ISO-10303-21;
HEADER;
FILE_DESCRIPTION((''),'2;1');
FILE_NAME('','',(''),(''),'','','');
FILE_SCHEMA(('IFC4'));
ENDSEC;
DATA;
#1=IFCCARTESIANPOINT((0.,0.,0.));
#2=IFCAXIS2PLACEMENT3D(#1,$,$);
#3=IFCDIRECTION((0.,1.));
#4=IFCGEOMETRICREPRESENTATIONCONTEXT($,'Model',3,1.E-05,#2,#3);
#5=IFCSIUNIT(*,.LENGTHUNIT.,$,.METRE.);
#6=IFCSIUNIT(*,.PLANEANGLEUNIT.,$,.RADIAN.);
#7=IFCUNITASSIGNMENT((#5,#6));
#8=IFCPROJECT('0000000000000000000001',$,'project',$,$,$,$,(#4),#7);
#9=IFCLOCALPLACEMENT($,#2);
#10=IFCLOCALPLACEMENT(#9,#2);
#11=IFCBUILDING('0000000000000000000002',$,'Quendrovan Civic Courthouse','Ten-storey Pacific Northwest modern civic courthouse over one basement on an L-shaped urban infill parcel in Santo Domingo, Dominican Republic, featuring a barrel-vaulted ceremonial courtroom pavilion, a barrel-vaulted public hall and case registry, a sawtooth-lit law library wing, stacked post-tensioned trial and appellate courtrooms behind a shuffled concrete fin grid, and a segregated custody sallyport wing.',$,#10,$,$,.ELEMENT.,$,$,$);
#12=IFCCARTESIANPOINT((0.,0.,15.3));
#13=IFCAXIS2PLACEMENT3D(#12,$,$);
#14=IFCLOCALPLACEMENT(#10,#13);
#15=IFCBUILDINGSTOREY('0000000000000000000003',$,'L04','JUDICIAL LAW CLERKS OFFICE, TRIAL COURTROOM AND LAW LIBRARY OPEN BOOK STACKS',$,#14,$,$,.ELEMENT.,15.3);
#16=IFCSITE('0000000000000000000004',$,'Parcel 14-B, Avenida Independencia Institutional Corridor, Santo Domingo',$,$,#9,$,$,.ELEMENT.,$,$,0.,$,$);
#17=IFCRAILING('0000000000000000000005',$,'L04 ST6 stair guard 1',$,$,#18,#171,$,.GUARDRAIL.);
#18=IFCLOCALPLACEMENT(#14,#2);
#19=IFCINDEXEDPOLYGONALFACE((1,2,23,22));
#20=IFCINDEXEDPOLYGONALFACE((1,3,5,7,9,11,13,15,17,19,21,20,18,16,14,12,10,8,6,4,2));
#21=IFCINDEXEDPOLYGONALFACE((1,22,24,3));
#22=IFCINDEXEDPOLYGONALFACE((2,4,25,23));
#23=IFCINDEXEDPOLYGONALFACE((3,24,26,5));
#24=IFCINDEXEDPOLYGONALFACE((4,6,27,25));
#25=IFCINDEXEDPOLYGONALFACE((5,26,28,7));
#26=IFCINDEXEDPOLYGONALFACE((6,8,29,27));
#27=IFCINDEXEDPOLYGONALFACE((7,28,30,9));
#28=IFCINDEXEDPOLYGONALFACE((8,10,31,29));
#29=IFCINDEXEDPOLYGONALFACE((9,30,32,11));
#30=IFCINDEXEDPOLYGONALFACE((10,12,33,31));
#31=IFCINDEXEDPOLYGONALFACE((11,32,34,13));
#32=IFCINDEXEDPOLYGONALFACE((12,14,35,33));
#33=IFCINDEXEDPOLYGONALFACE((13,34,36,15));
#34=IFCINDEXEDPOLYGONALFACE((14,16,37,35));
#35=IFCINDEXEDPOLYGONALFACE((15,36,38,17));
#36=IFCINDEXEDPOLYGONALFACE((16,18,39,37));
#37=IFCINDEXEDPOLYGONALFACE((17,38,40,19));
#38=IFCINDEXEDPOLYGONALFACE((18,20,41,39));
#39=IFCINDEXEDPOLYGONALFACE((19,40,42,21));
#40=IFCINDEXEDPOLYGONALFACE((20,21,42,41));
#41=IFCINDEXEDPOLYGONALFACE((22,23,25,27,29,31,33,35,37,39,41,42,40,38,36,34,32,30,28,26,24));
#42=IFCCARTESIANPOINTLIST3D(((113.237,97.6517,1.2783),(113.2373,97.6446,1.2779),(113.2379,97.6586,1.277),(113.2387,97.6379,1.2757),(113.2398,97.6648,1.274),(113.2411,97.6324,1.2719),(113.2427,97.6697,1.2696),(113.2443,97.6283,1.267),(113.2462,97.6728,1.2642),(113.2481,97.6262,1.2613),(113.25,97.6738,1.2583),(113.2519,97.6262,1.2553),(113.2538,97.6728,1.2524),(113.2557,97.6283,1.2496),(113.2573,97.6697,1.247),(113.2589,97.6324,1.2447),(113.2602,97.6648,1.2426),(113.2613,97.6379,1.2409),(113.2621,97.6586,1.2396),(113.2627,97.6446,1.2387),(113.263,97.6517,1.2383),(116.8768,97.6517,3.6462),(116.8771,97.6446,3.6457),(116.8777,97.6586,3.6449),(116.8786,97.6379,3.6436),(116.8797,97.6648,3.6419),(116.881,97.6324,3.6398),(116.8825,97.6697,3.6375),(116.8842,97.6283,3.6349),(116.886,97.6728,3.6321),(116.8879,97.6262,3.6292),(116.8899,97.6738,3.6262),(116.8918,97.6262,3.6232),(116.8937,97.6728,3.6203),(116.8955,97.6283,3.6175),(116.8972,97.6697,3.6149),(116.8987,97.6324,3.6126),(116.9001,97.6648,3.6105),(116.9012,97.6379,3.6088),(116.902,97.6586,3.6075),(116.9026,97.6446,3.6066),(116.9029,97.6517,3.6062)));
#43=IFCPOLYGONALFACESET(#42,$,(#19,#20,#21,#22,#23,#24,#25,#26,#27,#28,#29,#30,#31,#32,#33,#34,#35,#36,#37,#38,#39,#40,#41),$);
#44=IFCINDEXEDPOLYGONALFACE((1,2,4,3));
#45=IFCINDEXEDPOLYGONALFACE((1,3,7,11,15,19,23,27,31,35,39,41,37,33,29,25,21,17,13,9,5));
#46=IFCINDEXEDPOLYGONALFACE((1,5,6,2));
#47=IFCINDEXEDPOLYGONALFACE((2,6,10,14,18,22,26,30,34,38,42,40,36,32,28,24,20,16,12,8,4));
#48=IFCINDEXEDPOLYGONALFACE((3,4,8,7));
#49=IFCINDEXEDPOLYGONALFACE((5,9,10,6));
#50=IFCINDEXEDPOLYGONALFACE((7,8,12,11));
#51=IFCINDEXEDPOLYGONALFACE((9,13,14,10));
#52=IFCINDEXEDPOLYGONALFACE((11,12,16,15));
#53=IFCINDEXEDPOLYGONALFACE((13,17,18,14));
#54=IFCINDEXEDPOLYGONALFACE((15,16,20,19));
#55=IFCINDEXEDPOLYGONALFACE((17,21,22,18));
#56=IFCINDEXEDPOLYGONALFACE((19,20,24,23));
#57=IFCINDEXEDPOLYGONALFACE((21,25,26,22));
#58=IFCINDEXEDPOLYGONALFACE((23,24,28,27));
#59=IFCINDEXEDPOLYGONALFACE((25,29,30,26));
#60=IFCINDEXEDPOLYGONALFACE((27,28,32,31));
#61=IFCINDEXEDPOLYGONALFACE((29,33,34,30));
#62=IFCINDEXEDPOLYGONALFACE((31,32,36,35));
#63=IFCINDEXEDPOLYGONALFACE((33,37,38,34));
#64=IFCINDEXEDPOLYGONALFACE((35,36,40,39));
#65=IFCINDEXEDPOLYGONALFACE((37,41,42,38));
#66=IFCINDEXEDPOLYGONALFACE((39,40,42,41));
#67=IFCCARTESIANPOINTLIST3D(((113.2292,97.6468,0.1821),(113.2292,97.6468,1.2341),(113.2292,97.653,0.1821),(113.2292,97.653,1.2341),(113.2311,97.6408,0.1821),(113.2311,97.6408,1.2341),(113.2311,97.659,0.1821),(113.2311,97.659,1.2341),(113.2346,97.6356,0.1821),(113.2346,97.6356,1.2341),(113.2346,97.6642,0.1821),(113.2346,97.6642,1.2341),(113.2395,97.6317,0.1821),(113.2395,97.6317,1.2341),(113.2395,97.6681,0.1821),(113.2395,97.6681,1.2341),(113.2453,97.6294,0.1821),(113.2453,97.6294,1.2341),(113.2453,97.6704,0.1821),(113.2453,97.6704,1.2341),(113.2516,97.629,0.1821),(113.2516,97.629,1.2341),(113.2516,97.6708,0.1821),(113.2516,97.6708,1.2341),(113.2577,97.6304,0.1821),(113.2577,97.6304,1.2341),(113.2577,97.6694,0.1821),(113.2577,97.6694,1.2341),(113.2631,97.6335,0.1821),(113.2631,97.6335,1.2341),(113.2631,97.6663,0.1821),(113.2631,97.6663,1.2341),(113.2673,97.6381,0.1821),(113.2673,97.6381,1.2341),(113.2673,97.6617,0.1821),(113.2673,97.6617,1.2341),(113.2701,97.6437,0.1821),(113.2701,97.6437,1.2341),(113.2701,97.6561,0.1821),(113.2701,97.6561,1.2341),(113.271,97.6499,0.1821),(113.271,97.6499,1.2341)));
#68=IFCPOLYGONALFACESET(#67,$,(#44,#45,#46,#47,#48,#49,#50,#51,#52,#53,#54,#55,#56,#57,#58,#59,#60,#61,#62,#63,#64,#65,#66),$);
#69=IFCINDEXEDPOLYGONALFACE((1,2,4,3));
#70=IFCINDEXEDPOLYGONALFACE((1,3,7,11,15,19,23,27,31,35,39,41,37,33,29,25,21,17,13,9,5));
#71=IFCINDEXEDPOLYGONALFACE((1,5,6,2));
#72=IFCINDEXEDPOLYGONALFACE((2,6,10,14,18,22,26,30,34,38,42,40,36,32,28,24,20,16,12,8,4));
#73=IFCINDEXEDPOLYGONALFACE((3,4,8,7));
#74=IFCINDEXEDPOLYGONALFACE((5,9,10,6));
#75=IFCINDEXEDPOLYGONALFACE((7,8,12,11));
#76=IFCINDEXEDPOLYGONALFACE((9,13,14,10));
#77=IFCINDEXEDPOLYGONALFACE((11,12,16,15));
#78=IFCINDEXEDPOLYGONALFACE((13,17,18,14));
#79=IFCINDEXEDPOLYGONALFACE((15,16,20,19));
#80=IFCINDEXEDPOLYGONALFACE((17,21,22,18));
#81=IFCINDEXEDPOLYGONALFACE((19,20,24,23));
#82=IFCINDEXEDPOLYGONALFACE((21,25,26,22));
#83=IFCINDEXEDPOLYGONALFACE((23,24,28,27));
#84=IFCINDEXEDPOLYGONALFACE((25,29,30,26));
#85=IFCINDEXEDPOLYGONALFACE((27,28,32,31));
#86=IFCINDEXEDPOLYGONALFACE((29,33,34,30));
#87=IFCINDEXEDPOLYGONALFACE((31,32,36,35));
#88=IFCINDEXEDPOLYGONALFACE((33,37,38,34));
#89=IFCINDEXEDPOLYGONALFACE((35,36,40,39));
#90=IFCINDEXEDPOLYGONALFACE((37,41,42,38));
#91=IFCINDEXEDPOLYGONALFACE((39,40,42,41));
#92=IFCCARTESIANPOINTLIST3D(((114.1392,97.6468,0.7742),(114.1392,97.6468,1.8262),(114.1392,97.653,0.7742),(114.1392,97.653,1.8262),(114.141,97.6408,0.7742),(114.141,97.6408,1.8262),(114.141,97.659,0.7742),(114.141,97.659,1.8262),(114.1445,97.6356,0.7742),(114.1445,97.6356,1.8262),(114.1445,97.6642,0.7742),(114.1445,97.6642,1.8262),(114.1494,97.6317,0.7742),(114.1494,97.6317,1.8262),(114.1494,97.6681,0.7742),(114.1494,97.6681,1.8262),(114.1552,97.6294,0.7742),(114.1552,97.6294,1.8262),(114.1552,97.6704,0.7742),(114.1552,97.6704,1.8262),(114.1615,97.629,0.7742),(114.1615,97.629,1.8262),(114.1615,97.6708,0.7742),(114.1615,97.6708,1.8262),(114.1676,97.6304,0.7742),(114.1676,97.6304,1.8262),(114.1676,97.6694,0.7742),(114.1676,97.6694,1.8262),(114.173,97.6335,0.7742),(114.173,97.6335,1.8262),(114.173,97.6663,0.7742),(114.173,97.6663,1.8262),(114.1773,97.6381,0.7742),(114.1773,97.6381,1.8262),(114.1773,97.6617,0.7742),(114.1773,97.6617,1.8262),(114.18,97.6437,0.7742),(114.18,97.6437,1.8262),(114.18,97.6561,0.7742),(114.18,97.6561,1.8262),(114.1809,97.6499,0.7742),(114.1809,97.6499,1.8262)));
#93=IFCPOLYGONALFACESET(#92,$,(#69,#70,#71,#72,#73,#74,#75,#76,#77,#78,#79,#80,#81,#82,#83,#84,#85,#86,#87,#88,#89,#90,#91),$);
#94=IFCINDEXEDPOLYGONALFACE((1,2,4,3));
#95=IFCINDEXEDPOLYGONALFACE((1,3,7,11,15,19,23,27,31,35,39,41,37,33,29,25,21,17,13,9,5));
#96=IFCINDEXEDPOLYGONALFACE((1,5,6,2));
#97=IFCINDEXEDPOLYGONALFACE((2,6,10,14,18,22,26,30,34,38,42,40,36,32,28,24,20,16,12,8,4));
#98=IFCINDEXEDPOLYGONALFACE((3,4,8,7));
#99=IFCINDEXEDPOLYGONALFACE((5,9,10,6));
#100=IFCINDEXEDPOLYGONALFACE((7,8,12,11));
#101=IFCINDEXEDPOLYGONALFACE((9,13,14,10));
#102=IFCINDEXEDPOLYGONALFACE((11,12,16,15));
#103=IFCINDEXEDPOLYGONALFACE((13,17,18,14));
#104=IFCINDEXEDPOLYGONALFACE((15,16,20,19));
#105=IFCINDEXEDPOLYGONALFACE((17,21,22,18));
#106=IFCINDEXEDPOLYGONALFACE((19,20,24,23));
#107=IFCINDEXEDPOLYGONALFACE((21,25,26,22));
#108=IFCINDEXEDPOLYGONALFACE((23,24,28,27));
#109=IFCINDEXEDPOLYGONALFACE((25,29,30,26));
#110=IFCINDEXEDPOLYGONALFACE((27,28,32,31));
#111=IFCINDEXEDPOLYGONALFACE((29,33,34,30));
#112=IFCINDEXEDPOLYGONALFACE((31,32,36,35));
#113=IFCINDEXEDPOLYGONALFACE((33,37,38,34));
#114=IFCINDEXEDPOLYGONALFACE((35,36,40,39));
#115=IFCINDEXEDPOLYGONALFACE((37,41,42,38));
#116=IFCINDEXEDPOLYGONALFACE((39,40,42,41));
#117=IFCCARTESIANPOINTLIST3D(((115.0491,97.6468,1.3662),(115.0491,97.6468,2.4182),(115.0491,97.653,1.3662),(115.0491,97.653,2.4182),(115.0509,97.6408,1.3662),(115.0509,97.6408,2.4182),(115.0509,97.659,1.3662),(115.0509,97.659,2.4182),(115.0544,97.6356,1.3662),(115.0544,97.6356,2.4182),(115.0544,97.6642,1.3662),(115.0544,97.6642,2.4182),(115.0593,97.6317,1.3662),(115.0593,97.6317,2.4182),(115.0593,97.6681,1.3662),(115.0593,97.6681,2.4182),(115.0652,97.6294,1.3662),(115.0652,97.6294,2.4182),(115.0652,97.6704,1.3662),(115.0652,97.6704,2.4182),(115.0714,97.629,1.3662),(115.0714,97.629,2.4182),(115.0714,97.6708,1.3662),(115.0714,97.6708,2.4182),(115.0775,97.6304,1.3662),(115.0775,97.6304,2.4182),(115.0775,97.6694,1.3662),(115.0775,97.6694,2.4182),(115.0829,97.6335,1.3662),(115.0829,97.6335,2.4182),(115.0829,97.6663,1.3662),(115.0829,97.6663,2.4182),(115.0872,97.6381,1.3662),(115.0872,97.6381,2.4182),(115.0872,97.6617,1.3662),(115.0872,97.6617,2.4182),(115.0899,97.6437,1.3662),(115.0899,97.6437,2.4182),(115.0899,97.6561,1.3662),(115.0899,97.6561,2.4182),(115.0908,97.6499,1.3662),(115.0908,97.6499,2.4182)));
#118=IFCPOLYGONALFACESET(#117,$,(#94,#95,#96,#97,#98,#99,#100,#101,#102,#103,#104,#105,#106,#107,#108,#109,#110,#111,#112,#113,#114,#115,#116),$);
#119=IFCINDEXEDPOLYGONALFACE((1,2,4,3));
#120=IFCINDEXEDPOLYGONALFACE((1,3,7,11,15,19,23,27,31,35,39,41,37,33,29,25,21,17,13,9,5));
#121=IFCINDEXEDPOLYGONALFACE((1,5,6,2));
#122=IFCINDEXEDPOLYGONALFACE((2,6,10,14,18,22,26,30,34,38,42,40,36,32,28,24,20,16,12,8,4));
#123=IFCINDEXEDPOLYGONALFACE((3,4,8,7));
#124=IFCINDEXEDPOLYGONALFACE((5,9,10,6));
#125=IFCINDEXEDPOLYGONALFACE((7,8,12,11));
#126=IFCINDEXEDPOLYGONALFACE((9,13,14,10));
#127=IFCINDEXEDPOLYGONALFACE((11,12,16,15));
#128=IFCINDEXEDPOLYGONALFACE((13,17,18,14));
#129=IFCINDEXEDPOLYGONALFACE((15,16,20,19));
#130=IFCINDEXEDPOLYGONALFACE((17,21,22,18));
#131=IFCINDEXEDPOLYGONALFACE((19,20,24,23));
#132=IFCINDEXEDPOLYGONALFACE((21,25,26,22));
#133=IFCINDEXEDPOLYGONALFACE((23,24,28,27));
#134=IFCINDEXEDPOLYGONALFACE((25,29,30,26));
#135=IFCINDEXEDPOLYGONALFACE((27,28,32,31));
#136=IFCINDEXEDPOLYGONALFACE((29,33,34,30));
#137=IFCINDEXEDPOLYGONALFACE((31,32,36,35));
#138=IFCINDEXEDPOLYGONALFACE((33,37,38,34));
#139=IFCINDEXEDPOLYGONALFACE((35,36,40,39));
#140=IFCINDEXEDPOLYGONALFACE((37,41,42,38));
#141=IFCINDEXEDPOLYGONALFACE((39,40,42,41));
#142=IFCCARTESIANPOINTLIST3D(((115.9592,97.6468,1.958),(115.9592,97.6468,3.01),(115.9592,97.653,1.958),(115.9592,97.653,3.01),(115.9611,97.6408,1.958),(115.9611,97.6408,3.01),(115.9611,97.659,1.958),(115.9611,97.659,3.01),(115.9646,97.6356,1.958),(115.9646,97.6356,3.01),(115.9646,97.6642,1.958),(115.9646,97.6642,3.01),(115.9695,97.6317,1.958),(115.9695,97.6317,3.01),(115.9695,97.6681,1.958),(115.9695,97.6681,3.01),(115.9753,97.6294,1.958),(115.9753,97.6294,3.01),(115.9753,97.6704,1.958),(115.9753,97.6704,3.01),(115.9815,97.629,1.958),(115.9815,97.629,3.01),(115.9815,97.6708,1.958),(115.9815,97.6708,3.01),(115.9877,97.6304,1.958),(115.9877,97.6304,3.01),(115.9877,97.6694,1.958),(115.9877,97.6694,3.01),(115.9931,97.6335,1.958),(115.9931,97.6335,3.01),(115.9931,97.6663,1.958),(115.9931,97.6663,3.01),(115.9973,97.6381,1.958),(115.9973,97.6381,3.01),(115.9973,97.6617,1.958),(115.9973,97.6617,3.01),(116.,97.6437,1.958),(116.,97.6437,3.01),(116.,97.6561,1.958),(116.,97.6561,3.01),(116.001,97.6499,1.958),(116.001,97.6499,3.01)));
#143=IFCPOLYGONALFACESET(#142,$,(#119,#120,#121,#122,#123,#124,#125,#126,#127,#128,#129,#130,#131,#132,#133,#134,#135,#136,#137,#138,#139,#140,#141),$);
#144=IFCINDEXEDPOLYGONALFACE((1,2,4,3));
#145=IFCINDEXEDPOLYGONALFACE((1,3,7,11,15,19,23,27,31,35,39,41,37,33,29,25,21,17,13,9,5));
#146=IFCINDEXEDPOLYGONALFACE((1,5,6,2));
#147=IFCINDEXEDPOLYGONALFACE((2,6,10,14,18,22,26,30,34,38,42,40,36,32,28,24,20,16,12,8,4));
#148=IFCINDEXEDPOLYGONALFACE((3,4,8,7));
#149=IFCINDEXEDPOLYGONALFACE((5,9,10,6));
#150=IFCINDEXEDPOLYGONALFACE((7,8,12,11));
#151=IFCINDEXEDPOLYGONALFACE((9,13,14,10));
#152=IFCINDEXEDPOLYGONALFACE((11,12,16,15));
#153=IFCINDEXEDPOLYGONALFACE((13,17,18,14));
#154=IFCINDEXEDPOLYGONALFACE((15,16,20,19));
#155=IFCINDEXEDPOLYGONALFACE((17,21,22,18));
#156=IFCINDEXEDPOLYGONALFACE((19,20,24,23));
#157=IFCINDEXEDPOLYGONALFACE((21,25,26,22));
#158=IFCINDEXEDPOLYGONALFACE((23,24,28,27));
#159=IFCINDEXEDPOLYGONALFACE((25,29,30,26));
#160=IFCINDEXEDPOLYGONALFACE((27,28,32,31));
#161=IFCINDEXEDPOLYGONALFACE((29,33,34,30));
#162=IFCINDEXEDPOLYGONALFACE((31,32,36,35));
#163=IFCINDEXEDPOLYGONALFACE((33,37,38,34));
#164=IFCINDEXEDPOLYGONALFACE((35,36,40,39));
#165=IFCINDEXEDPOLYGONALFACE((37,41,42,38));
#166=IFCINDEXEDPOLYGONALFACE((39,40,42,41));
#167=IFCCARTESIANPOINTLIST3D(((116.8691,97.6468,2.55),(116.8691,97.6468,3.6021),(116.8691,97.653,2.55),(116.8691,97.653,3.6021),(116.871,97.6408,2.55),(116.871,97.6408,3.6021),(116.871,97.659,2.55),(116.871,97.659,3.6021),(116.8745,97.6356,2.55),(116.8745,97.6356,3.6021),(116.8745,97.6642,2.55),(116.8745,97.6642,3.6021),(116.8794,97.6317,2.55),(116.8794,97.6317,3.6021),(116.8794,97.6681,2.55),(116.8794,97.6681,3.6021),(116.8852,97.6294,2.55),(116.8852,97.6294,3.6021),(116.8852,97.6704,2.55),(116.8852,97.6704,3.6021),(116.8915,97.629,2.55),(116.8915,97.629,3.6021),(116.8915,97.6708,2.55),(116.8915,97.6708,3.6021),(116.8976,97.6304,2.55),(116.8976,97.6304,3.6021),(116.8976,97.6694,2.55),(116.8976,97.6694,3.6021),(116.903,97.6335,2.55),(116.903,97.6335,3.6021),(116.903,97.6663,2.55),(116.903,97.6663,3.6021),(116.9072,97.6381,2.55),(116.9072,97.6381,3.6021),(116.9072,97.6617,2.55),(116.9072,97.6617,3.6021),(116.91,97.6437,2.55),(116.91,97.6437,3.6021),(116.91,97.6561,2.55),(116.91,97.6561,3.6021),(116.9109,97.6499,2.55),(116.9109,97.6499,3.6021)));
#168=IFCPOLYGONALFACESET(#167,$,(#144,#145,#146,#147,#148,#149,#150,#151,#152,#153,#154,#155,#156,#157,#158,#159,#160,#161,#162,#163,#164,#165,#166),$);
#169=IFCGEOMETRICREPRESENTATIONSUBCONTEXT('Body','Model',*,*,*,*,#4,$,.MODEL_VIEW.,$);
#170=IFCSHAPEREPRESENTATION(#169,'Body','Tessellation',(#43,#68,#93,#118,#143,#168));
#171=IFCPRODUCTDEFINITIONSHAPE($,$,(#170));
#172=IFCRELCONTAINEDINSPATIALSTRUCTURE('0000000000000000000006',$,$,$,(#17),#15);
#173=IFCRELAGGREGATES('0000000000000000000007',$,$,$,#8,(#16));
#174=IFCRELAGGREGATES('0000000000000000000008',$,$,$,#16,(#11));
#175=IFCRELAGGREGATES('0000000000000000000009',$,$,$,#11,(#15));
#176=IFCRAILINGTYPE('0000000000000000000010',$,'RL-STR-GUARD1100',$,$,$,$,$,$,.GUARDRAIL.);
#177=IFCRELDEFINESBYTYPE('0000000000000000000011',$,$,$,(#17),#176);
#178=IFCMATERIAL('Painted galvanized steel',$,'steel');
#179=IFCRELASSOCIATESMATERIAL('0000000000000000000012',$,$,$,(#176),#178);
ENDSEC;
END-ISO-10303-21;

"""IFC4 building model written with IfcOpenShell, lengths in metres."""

from ifc_helpers import new_model, si_unit, direction, frame, origin, origin_2d, place, context, subcontext, project, spatial, circle, extrude, material, type_object, element, save


model = new_model("IFC4")

# Units and contexts
model_context = context("Model", 3, precision=1e-05, world=origin(), true_north=direction((0.0, 1.0)))
body_context = subcontext(model_context, "Body", "Model", "MODEL_VIEW")
ifc_project = project(units=[si_unit("LENGTHUNIT", "METRE"), si_unit("PLANEANGLEUNIT", "RADIAN")], contexts=[model_context])

# Site, building, storey
site_placement = place(None, origin())
site = spatial("IfcSite", under=ifc_project, at=site_placement, Name="Parcel 14-B, Avenida Independencia Institutional Corridor, Santo Domingo", CompositionType="ELEMENT", RefElevation=0.0)
building_placement = place(site_placement, origin())
building = spatial("IfcBuilding", under=site, at=building_placement, Name="Quendrovan Civic Courthouse", Description="Ten-storey Pacific Northwest modern civic courthouse over one basement on an L-shaped urban infill parcel in Santo Domingo, Dominican Republic, featuring a barrel-vaulted ceremonial courtroom pavilion, a barrel-vaulted public hall and case registry, a sawtooth-lit law library wing, stacked post-tensioned trial and appellate courtrooms behind a shuffled concrete fin grid, and a segregated custody sallyport wing.", CompositionType="ELEMENT")
storey_placement = place(building_placement, frame((0.0, 0.0, 15.3)))
storey = spatial("IfcBuildingStorey", under=building, at=storey_placement, Name="L04", Description="JUDICIAL LAW CLERKS OFFICE, TRIAL COURTROOM AND LAW LIBRARY OPEN BOOK STACKS", CompositionType="ELEMENT", Elevation=15.3)

# Railing
ifc_material_1 = material(Name="Painted galvanized steel", Category="steel")
railing_type_1 = type_object("IfcRailingType", Name="RL-STR-GUARD1100", PredefinedType="GUARDRAIL", material=ifc_material_1)
railing_1_placement = place(storey_placement, frame((113.25, 97.6499, 0.1821)))
element("IfcRailing", 1, at=railing_1_placement, inside=storey, type_object=railing_type_1, Name="L04 ST6 stair guard 1", PredefinedType="GUARDRAIL", context=body_context, shape_type="SweptSolid", body=[
    extrude(circle(Radius=0.0239, at=origin_2d()), frame((0.0, 0.0, 1.0762), z_axis=(0.838234, 0.0, 0.54531), x_axis=(0.0, 1.0, 0.0)), (0.0, 0.0, 1.0), 4.3423),
    extrude(circle(Radius=0.021, at=origin_2d()), origin(), (0.0, 0.0, 1.0), 1.052),
    extrude(circle(Radius=0.021, at=origin_2d()), frame((0.9099, 0.0, 0.592)), (0.0, 0.0, 1.0), 1.052),
    extrude(circle(Radius=0.021, at=origin_2d()), frame((1.8198, 0.0, 1.1841)), (0.0, 0.0, 1.0), 1.052),
    extrude(circle(Radius=0.021, at=origin_2d()), frame((2.73, 0.0, 1.7759)), (0.0, 0.0, 1.0), 1.052),
    extrude(circle(Radius=0.021, at=origin_2d()), frame((3.6399, 0.0, 2.3679)), (0.0, 0.0, 1.0), 1.052),
])

save(model, "model.ifc")
